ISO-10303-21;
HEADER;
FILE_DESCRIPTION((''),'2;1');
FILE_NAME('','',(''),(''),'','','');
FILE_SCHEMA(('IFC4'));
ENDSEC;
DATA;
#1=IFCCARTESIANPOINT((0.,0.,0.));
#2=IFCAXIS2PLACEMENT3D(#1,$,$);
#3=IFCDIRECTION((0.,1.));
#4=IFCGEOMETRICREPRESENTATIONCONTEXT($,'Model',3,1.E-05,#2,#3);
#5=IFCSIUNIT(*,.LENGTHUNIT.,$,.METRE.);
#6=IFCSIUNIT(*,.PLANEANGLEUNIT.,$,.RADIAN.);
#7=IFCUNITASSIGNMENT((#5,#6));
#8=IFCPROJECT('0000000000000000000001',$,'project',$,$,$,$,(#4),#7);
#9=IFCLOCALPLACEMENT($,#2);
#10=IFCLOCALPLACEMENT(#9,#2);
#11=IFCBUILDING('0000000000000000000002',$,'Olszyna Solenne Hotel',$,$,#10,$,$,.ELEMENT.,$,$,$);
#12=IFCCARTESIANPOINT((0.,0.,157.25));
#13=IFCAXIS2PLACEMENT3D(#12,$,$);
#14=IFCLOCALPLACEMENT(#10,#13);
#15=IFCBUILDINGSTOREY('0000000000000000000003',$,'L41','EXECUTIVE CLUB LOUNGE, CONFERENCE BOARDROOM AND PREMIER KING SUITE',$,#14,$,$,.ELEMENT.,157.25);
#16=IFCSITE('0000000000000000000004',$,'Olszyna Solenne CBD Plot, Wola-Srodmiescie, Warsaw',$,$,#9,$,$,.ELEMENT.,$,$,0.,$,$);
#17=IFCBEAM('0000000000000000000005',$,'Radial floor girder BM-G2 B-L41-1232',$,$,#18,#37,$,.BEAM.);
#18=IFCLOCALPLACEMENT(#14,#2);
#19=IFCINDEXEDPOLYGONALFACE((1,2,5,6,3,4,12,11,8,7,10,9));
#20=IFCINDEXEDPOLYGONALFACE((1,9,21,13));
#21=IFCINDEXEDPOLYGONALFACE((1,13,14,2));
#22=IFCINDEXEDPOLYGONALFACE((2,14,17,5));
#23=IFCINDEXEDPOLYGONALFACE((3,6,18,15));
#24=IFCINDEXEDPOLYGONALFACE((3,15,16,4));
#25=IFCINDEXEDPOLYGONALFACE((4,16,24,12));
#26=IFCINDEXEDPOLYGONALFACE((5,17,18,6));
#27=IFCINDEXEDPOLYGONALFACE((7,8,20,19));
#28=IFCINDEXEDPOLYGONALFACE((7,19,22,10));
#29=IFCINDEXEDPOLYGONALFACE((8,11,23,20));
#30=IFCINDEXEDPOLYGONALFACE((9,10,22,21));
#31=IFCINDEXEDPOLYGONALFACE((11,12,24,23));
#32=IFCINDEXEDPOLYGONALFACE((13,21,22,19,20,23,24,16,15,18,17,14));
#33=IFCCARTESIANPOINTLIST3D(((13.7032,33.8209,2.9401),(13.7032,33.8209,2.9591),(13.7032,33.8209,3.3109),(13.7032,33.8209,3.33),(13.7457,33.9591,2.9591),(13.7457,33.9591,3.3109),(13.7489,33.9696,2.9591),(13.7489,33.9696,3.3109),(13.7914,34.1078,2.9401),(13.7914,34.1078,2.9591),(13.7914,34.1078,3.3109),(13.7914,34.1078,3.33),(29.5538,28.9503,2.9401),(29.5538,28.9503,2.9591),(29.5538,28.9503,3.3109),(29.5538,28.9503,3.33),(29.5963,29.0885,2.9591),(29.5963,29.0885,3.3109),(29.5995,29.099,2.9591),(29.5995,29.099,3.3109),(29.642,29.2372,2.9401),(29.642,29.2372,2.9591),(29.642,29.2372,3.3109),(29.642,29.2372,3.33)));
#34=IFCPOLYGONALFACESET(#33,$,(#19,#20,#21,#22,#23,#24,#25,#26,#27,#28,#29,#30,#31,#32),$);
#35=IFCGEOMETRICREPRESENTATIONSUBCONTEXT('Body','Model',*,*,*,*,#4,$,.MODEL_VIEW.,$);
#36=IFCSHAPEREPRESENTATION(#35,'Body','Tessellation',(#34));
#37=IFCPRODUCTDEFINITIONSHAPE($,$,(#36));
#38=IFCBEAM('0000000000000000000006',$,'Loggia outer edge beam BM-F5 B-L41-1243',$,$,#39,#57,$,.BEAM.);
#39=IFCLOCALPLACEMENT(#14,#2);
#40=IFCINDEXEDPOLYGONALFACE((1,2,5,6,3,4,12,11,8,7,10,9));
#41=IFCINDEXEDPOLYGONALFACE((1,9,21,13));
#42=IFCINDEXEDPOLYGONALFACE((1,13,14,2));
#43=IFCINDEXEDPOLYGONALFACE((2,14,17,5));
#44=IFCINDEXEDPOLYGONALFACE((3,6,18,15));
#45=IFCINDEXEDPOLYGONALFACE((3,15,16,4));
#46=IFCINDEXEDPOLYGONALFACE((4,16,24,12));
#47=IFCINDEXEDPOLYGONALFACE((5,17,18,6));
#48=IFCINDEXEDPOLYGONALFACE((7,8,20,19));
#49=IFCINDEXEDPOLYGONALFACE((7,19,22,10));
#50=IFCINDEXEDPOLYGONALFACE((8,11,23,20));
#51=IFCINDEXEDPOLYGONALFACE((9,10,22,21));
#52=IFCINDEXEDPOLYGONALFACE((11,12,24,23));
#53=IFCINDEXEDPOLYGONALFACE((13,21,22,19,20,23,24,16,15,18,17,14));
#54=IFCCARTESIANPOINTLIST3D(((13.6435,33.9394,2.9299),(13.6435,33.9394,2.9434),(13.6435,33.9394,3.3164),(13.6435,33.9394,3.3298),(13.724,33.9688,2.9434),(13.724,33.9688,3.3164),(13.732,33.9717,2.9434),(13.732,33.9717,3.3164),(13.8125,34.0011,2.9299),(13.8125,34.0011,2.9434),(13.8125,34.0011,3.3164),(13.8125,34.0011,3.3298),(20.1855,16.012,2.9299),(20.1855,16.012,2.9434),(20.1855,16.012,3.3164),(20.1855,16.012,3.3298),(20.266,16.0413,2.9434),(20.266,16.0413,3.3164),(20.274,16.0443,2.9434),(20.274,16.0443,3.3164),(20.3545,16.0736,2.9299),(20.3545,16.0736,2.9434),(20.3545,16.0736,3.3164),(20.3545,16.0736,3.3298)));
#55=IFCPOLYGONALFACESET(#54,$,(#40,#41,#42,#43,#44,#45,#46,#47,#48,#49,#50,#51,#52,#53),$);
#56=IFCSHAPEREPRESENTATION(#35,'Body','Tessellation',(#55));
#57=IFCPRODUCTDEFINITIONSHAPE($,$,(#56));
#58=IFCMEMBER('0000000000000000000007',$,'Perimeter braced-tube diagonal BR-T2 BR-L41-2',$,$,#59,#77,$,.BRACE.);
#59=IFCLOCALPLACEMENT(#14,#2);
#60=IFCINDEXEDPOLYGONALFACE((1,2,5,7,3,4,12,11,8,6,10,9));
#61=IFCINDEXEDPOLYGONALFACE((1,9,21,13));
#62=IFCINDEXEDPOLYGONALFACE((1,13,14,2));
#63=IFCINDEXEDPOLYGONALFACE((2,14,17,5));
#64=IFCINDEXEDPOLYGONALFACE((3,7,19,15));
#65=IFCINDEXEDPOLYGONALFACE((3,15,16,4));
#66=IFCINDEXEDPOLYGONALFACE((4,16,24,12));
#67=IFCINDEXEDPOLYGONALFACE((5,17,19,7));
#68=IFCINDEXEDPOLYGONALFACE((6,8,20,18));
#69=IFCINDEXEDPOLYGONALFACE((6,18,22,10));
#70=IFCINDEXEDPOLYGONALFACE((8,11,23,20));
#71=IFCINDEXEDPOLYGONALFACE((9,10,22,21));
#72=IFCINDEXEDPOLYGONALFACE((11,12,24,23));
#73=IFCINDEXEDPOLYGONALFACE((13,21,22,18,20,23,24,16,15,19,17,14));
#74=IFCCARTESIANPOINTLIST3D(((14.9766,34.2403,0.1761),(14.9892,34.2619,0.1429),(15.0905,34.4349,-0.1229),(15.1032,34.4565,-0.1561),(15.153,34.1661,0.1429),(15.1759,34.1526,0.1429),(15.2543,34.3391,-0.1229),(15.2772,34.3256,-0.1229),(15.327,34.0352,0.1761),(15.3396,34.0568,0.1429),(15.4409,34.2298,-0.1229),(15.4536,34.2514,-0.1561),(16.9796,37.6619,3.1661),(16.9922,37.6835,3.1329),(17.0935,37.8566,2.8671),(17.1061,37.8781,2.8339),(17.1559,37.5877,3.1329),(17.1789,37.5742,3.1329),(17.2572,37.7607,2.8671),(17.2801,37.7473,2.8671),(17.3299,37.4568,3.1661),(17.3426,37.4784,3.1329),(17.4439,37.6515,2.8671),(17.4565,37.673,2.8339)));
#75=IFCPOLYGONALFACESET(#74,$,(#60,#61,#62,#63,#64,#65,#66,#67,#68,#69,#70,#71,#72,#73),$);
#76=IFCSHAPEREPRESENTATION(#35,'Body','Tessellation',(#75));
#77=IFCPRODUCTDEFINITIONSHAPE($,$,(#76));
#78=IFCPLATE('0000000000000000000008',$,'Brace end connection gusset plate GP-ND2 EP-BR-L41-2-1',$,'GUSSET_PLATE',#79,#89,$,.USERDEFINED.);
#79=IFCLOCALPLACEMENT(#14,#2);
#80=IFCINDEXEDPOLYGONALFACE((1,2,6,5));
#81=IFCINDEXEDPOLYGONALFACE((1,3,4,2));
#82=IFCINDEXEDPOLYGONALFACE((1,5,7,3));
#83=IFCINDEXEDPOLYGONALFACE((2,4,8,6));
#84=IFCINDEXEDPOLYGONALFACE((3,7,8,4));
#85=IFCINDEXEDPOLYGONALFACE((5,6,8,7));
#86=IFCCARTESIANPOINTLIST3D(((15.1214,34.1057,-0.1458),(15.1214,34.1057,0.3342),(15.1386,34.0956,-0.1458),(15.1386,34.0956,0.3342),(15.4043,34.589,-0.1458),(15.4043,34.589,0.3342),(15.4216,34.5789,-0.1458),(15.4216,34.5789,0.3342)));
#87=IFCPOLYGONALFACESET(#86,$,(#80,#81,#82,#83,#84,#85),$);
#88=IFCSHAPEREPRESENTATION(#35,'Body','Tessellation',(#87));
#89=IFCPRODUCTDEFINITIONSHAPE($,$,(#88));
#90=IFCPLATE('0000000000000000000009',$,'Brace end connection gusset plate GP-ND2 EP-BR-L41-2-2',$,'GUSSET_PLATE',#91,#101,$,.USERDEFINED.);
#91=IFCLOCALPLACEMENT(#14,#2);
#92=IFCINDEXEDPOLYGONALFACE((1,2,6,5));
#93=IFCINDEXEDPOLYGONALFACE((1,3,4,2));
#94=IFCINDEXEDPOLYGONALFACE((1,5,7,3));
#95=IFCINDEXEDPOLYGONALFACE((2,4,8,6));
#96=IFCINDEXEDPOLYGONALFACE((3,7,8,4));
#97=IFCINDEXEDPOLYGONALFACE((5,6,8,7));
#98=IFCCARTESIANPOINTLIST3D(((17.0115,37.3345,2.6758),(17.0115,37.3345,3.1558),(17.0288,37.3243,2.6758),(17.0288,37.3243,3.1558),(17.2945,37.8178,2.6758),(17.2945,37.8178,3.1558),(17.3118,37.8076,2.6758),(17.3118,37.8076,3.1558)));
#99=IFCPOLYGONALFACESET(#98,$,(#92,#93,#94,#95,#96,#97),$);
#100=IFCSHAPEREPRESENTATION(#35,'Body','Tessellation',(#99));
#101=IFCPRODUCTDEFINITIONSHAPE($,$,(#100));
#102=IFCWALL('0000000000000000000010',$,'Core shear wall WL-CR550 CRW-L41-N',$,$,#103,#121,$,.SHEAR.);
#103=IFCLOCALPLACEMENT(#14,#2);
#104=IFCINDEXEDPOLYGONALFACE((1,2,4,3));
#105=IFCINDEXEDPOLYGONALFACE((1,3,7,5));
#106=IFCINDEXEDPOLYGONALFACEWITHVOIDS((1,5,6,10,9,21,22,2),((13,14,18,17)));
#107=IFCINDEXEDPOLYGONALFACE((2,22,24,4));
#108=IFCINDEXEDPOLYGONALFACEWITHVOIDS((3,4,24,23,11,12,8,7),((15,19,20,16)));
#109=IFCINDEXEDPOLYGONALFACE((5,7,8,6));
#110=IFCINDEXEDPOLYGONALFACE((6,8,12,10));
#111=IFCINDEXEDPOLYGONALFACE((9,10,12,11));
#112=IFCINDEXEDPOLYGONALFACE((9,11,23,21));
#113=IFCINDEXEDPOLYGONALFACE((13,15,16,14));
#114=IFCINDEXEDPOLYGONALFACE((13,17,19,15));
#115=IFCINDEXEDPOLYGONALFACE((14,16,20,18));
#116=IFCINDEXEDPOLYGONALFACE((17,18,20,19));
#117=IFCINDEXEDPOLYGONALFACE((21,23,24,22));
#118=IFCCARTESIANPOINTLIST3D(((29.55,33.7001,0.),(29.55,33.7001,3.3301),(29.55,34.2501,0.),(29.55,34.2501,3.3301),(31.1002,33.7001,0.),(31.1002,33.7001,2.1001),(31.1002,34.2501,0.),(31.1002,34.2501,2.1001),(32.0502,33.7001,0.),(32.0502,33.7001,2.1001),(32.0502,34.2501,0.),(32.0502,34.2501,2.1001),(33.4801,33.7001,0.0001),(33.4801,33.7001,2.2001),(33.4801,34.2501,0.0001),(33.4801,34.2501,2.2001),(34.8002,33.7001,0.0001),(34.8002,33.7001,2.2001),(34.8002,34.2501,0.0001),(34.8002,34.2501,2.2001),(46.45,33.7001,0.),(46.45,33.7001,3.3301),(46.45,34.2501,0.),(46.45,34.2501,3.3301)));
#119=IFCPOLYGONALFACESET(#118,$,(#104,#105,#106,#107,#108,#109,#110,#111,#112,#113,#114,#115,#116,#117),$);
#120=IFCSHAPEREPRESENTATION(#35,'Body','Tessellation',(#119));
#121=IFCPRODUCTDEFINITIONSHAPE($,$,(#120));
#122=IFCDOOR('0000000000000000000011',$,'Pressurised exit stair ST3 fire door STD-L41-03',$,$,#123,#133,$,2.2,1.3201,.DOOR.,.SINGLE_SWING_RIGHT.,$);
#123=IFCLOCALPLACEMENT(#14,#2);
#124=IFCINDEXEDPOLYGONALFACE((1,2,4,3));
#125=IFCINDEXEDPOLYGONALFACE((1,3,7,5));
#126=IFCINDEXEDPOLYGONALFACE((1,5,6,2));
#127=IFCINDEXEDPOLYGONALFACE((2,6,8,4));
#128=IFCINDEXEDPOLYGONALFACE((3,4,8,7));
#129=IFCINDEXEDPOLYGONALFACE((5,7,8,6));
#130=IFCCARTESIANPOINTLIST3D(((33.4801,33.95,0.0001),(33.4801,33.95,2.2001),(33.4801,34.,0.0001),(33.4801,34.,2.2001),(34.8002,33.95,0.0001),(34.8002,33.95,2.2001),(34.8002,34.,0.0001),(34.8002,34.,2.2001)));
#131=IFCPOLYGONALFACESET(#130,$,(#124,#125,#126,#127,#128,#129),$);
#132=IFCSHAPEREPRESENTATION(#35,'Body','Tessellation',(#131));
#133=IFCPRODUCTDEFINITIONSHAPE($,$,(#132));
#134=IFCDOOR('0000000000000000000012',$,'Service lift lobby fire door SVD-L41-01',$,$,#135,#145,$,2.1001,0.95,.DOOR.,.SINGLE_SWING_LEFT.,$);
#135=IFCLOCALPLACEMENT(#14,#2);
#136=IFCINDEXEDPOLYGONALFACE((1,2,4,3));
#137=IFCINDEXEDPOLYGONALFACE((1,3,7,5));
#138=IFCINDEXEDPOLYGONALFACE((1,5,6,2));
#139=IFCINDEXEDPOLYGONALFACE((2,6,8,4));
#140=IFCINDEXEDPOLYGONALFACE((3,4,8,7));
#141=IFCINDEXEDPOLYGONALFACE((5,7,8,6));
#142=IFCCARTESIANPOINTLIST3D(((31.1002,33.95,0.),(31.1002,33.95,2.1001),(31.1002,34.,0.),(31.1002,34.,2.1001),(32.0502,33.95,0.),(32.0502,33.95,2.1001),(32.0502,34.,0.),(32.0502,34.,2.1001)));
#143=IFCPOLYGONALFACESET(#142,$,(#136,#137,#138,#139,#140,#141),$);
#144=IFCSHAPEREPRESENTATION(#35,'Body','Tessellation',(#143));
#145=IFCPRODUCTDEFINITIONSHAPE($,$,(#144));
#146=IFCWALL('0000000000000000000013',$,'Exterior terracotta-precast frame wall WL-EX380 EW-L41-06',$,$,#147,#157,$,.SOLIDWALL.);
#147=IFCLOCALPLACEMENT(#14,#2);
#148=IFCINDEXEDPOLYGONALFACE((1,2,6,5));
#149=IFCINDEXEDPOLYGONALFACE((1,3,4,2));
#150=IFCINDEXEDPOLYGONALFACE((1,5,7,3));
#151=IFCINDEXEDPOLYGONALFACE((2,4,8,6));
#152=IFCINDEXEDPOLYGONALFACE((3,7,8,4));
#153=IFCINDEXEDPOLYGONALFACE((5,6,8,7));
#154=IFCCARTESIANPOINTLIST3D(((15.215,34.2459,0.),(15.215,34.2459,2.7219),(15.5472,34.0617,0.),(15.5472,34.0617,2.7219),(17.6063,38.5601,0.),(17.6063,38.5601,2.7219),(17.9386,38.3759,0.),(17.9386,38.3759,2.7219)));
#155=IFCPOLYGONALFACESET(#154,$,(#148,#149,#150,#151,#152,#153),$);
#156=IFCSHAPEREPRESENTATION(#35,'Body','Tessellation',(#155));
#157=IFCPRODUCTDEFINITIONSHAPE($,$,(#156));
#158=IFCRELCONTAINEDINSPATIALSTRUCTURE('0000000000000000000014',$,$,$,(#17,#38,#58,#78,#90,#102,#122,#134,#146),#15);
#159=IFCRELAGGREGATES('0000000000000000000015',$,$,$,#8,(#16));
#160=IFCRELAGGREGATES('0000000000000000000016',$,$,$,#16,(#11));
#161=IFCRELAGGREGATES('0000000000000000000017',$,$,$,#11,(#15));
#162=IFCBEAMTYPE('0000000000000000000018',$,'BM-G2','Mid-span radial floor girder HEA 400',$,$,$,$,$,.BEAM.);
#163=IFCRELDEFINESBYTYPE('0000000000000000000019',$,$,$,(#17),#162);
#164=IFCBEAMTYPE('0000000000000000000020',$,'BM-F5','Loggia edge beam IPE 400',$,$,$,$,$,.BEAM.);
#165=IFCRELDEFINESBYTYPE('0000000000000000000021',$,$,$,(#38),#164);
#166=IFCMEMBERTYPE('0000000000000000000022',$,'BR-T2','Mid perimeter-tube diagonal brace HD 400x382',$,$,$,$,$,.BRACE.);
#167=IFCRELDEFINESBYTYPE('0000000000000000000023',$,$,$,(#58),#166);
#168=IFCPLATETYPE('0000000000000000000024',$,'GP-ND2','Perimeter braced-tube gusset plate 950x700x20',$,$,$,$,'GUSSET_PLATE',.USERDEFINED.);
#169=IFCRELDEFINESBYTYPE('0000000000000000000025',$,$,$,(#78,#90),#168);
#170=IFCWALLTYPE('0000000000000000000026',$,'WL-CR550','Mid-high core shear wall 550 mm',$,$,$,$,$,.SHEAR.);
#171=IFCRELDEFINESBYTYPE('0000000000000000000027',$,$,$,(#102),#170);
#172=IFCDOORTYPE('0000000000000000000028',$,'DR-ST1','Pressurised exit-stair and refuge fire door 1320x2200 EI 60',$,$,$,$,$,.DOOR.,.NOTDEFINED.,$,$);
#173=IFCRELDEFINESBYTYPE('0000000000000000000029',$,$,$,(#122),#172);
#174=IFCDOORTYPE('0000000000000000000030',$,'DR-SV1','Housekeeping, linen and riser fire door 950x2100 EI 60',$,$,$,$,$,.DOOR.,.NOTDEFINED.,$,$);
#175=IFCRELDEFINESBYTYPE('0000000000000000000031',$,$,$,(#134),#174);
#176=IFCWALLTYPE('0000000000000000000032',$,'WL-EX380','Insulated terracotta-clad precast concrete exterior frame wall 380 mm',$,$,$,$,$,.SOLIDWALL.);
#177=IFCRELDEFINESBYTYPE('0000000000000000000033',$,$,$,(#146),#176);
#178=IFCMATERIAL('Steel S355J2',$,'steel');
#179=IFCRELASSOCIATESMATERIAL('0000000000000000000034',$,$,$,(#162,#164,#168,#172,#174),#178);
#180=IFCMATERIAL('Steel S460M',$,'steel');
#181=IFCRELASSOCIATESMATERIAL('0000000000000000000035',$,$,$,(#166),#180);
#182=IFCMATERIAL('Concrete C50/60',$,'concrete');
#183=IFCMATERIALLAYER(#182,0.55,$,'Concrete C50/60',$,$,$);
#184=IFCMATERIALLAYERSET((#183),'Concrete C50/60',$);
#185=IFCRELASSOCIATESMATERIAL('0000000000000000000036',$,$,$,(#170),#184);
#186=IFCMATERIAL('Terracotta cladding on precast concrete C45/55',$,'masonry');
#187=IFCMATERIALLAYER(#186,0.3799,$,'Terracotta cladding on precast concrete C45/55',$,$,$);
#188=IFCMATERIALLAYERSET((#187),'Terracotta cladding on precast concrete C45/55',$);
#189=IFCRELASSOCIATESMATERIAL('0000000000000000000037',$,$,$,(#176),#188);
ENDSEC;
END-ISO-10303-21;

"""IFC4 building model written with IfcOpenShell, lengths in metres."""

from ifc_helpers import new_model, si_unit, direction, frame, frame_2d, origin, origin_2d, place, context, subcontext, project, spatial, rectangle, i_section, extrude, source, transform, mapped, material, layer, layer_set, material_profile, profile_set, type_object, type_shapes, element, fill, save


model = new_model("IFC4")

# Units and contexts
model_context = context("Model", 3, precision=1e-05, world=origin(), true_north=direction((0.0, 1.0)))
body_context = subcontext(model_context, "Body", "Model", "MODEL_VIEW")
ifc_project = project(units=[si_unit("LENGTHUNIT", "METRE"), si_unit("PLANEANGLEUNIT", "RADIAN")], contexts=[model_context])

# Site, building, storey
site_placement = place(None, origin())
site = spatial("IfcSite", under=ifc_project, at=site_placement, Name="Olszyna Solenne CBD Plot, Wola-Srodmiescie, Warsaw", CompositionType="ELEMENT", RefElevation=0.0)
building_placement = place(site_placement, origin())
building = spatial("IfcBuilding", under=site, at=building_placement, Name="Olszyna Solenne Hotel", CompositionType="ELEMENT")
storey_placement = place(building_placement, frame((0.0, 0.0, 157.25)))
storey = spatial("IfcBuildingStorey", under=building, at=storey_placement, Name="L41", Description="EXECUTIVE CLUB LOUNGE, CONFERENCE BOARDROOM AND PREMIER KING SUITE", CompositionType="ELEMENT", Elevation=157.25)

# Shared definitions
ifc_material_1 = material(Name="Steel S460M", Category="steel")

# Beams
ifc_material_2 = material(Name="Steel S355J2", Category="steel")
ifc_material_profile_1 = material_profile(ifc_material_2, i_section(OverallWidth=0.3, OverallDepth=0.3899, WebThickness=0.011, FlangeThickness=0.019, at=origin_2d()), Name="HEA 400", Category="load-bearing")
ifc_profile_set_1 = profile_set([ifc_material_profile_1], Name="Steel S355J2")
beam_type_1 = type_object("IfcBeamType", Name="BM-G2", Description="Mid-span radial floor girder HEA 400", PredefinedType="BEAM", material=ifc_profile_set_1)
shared_shape_1 = source(origin(), body_context, "Body", "SweptSolid", [
    extrude(i_section(OverallWidth=0.3, OverallDepth=0.3899, WebThickness=0.011, FlangeThickness=0.019, at=origin_2d()), origin(), (0.0, 0.0, 1.0), 16.582),
])
beam_1_placement = place(storey_placement, frame((13.7473, 33.9644, 3.135), z_axis=(0.955889, -0.293728, 0.0), x_axis=(0.293728, 0.955889, 0.0)))
element("IfcBeam", 1, at=beam_1_placement, inside=storey, type_object=beam_type_1, Name="Radial floor girder BM-G2 B-L41-1232", PredefinedType="BEAM", context=body_context, shape_type="MappedRepresentation", body=[
    mapped(shared_shape_1, transform((0.0, 0.0, 0.0), x_axis=(1.0, 0.0, 0.0), y_axis=(0.0, 1.0, 0.0), z_axis=(0.0, 0.0, 1.0), scale=1.0)),
])
ifc_material_profile_2 = material_profile(ifc_material_2, i_section(OverallWidth=0.1799, OverallDepth=0.3999, WebThickness=0.0085, FlangeThickness=0.0134, at=origin_2d()), Name="IPE 400", Category="load-bearing")
ifc_profile_set_2 = profile_set([ifc_material_profile_2], Name="Steel S355J2")
beam_type_2 = type_object("IfcBeamType", Name="BM-F5", Description="Loggia edge beam IPE 400", PredefinedType="BEAM", material=ifc_profile_set_2)
shared_shape_2 = source(origin(), body_context, "Body", "SweptSolid", [
    extrude(i_section(OverallWidth=0.1799, OverallDepth=0.3999, WebThickness=0.0085, FlangeThickness=0.0134, at=origin_2d()), origin(), (0.0, 0.0, 1.0), 19.0837),
])
beam_2_placement = place(storey_placement, frame((13.728, 33.9702, 3.1299), z_axis=(0.342803, -0.939407, 0.0), x_axis=(0.939407, 0.342803, 0.0)))
element("IfcBeam", 2, at=beam_2_placement, inside=storey, type_object=beam_type_2, Name="Loggia outer edge beam BM-F5 B-L41-1243", PredefinedType="BEAM", context=body_context, shape_type="MappedRepresentation", body=[
    mapped(shared_shape_2, transform((0.0, 0.0, 0.0), x_axis=(1.0, 0.0, 0.0), y_axis=(0.0, 1.0, 0.0), z_axis=(0.0, 0.0, 1.0), scale=1.0)),
])

# Member
ifc_material_profile_3 = material_profile(ifc_material_1, i_section(OverallWidth=0.406, OverallDepth=0.416, WebThickness=0.0266, FlangeThickness=0.0415, at=origin_2d()), Name="HD 400x382", Category="load-bearing")
ifc_profile_set_3 = profile_set([ifc_material_profile_3], Name="Steel S460M")
member_type = type_object("IfcMemberType", Name="BR-T2", Description="Mid perimeter-tube diagonal brace HD 400x382", PredefinedType="BRACE", material=ifc_profile_set_3)
shared_shape_3 = source(origin(), body_context, "Body", "SweptSolid", [
    extrude(i_section(OverallWidth=0.406, OverallDepth=0.416, WebThickness=0.0266, FlangeThickness=0.0415, at=origin_2d()), origin(), (0.0, 0.0, 1.0), 4.9658),
])
member_placement = place(storey_placement, frame((15.2151, 34.2458, 0.01), z_axis=(0.403344, 0.689037, 0.602115), x_axis=(-0.863012, 0.505184, 0.0)))
element("IfcMember", 3, at=member_placement, inside=storey, type_object=member_type, Name="Perimeter braced-tube diagonal BR-T2 BR-L41-2", PredefinedType="BRACE", context=body_context, shape_type="MappedRepresentation", body=[
    mapped(shared_shape_3, transform((0.0, 0.0, 0.0), x_axis=(1.0, 0.0, 0.0), y_axis=(0.0, 1.0, 0.0), z_axis=(0.0, 0.0, 1.0), scale=1.0)),
])

# Plates
plate_type = type_object("IfcPlateType", Name="GP-ND2", Description="Perimeter braced-tube gusset plate 950x700x20", ElementType="GUSSET_PLATE", PredefinedType="USERDEFINED", material=ifc_material_2)
shared_shape_4 = source(origin(), body_context, "Body", "SweptSolid", [
    extrude(rectangle(XDim=0.5601, YDim=0.02, at=origin_2d()), origin(), (0.0, 0.0, 1.0), 0.48),
])
for number, where, z_axis, x_axis, name in (
    (4, (15.2715, 34.3423, -0.1458), (0.0, 0.0, 1.0), (0.505281, 0.862955, 0.0), "Brace end connection gusset plate GP-ND2 EP-BR-L41-2-1"),
    (5, (17.1616, 37.571, 2.6758), (0.0, 0.0, 1.0), (0.505281, 0.862955, 0.0), "Brace end connection gusset plate GP-ND2 EP-BR-L41-2-2"),
):
    element("IfcPlate", number, at=place(storey_placement, frame(where, z_axis=z_axis, x_axis=x_axis)), inside=storey, type_object=plate_type, Name=name, ObjectType="GUSSET_PLATE", PredefinedType="USERDEFINED", context=body_context, shape_type="MappedRepresentation", body=[
        mapped(shared_shape_4, transform((0.0, 0.0, 0.0), x_axis=(1.0, 0.0, 0.0), y_axis=(0.0, 1.0, 0.0), z_axis=(0.0, 0.0, 1.0), scale=1.0)),
    ])

# Wall, openings, doors
ifc_material_3 = material(Name="Concrete C50/60", Category="concrete")
ifc_layer_1 = layer(ifc_material_3, 0.55, Name="Concrete C50/60")
ifc_layer_set_1 = layer_set([ifc_layer_1], Name="Concrete C50/60")
wall_type_1 = type_object("IfcWallType", Name="WL-CR550", Description="Mid-high core shear wall 550 mm", PredefinedType="SHEAR", material=ifc_layer_set_1)
wall_1_placement = place(storey_placement, frame((29.55, 33.9751, 0.0), z_axis=(0.0, 0.0, 1.0), x_axis=(1.0, 0.0, 0.0)))
wall_1 = element("IfcWall", 6, at=wall_1_placement, inside=storey, type_object=wall_type_1, Name="Core shear wall WL-CR550 CRW-L41-N", PredefinedType="SHEAR", context=body_context, shape_type="SweptSolid", body=[
    extrude(rectangle(XDim=16.8999, YDim=0.55, at=frame_2d((8.45, 0.0))), origin(), (0.0, 0.0, 1.0), 3.3301),
])
opening_1_placement = place(wall_1_placement, frame((1.55, 0.0, 0.0)))
opening_1 = element("IfcOpeningElement", 7, at=opening_1_placement, cuts=wall_1, PredefinedType="OPENING", context=body_context, shape_type="SweptSolid", body=[
    extrude(rectangle(XDim=0.95, YDim=2.1001, at=frame_2d((0.4751, 1.05))), frame((0.0, 0.2852, 0.0), z_axis=(0.0, -1.0, 0.0), x_axis=(1.0, 0.0, 0.0)), (0.0, 0.0, 1.0), 0.5701),
])
opening_2_placement = place(wall_1_placement, frame((3.9299, 0.0, 0.0)))
opening_2 = element("IfcOpeningElement", 8, at=opening_2_placement, cuts=wall_1, PredefinedType="OPENING", context=body_context, shape_type="SweptSolid", body=[
    extrude(rectangle(XDim=1.3201, YDim=2.2, at=frame_2d((0.6602, 1.1001))), frame((0.0, 0.2852, 0.0), z_axis=(0.0, -1.0, 0.0), x_axis=(1.0, 0.0, 0.0)), (0.0, 0.0, 1.0), 0.5701),
])
door_type_1 = type_object("IfcDoorType", Name="DR-ST1", Description="Pressurised exit-stair and refuge fire door 1320x2200 EI 60", OperationType="NOTDEFINED", PredefinedType="DOOR", material=ifc_material_2)
shared_shape_5 = source(origin(), body_context, "Body", "SweptSolid", [
    extrude(rectangle(XDim=1.3201, YDim=2.2, at=frame_2d((0.6602, 1.1001))), frame((0.0, 0.0249, 0.0), z_axis=(0.0, -1.0, 0.0), x_axis=(1.0, 0.0, 0.0)), (0.0, 0.0, 1.0), 0.05),
])
type_shapes(door_type_1, [shared_shape_5])
door_1_placement = place(opening_2_placement, origin())
door_1 = element("IfcDoor", 9, at=door_1_placement, inside=storey, type_object=door_type_1, Name="Pressurised exit stair ST3 fire door STD-L41-03", OperationType="SINGLE_SWING_RIGHT", OverallHeight=2.2, OverallWidth=1.3201, PredefinedType="DOOR", context=body_context, shape_type="MappedRepresentation", body=[
    mapped(shared_shape_5, transform((0.0, 0.0, 0.0), x_axis=(1.0, 0.0, 0.0), y_axis=(0.0, 1.0, 0.0), z_axis=(0.0, 0.0, 1.0), scale=1.0)),
])
fill(opening_2, door_1)
door_type_2 = type_object("IfcDoorType", Name="DR-SV1", Description="Housekeeping, linen and riser fire door 950x2100 EI 60", OperationType="NOTDEFINED", PredefinedType="DOOR", material=ifc_material_2)
shared_shape_6 = source(origin(), body_context, "Body", "SweptSolid", [
    extrude(rectangle(XDim=0.95, YDim=2.1001, at=frame_2d((0.4751, 1.05))), frame((0.0, 0.0249, 0.0), z_axis=(0.0, -1.0, 0.0), x_axis=(1.0, 0.0, 0.0)), (0.0, 0.0, 1.0), 0.05),
])
type_shapes(door_type_2, [shared_shape_6])
door_2_placement = place(opening_1_placement, origin())
door_2 = element("IfcDoor", 10, at=door_2_placement, inside=storey, type_object=door_type_2, Name="Service lift lobby fire door SVD-L41-01", OperationType="SINGLE_SWING_LEFT", OverallHeight=2.1001, OverallWidth=0.95, PredefinedType="DOOR", context=body_context, shape_type="MappedRepresentation", body=[
    mapped(shared_shape_6, transform((0.0, 0.0, 0.0), x_axis=(1.0, 0.0, 0.0), y_axis=(0.0, 1.0, 0.0), z_axis=(0.0, 0.0, 1.0), scale=1.0)),
])
fill(opening_1, door_2)

# Wall
ifc_material_4 = material(Name="Terracotta cladding on precast concrete C45/55", Category="masonry")
ifc_layer_2 = layer(ifc_material_4, 0.3799, Name="Terracotta cladding on precast concrete C45/55")
ifc_layer_set_2 = layer_set([ifc_layer_2], Name="Terracotta cladding on precast concrete C45/55")
wall_type_2 = type_object("IfcWallType", Name="WL-EX380", Description="Insulated terracotta-clad precast concrete exterior frame wall 380 mm", PredefinedType="SOLIDWALL", material=ifc_layer_set_2)
wall_2_placement = place(storey_placement, frame((15.3811, 34.1538, 0.0), z_axis=(0.0, 0.0, 1.0), x_axis=(0.484802, 0.874624, 0.0)))
element("IfcWall", 11, at=wall_2_placement, inside=storey, type_object=wall_type_2, Name="Exterior terracotta-precast frame wall WL-EX380 EW-L41-06", PredefinedType="SOLIDWALL", context=body_context, shape_type="SweptSolid", body=[
    extrude(rectangle(XDim=4.9326, YDim=0.3799, at=frame_2d((2.4663, 0.0))), origin(), (0.0, 0.0, 1.0), 2.7219),
])

save(model, "model.ifc")
